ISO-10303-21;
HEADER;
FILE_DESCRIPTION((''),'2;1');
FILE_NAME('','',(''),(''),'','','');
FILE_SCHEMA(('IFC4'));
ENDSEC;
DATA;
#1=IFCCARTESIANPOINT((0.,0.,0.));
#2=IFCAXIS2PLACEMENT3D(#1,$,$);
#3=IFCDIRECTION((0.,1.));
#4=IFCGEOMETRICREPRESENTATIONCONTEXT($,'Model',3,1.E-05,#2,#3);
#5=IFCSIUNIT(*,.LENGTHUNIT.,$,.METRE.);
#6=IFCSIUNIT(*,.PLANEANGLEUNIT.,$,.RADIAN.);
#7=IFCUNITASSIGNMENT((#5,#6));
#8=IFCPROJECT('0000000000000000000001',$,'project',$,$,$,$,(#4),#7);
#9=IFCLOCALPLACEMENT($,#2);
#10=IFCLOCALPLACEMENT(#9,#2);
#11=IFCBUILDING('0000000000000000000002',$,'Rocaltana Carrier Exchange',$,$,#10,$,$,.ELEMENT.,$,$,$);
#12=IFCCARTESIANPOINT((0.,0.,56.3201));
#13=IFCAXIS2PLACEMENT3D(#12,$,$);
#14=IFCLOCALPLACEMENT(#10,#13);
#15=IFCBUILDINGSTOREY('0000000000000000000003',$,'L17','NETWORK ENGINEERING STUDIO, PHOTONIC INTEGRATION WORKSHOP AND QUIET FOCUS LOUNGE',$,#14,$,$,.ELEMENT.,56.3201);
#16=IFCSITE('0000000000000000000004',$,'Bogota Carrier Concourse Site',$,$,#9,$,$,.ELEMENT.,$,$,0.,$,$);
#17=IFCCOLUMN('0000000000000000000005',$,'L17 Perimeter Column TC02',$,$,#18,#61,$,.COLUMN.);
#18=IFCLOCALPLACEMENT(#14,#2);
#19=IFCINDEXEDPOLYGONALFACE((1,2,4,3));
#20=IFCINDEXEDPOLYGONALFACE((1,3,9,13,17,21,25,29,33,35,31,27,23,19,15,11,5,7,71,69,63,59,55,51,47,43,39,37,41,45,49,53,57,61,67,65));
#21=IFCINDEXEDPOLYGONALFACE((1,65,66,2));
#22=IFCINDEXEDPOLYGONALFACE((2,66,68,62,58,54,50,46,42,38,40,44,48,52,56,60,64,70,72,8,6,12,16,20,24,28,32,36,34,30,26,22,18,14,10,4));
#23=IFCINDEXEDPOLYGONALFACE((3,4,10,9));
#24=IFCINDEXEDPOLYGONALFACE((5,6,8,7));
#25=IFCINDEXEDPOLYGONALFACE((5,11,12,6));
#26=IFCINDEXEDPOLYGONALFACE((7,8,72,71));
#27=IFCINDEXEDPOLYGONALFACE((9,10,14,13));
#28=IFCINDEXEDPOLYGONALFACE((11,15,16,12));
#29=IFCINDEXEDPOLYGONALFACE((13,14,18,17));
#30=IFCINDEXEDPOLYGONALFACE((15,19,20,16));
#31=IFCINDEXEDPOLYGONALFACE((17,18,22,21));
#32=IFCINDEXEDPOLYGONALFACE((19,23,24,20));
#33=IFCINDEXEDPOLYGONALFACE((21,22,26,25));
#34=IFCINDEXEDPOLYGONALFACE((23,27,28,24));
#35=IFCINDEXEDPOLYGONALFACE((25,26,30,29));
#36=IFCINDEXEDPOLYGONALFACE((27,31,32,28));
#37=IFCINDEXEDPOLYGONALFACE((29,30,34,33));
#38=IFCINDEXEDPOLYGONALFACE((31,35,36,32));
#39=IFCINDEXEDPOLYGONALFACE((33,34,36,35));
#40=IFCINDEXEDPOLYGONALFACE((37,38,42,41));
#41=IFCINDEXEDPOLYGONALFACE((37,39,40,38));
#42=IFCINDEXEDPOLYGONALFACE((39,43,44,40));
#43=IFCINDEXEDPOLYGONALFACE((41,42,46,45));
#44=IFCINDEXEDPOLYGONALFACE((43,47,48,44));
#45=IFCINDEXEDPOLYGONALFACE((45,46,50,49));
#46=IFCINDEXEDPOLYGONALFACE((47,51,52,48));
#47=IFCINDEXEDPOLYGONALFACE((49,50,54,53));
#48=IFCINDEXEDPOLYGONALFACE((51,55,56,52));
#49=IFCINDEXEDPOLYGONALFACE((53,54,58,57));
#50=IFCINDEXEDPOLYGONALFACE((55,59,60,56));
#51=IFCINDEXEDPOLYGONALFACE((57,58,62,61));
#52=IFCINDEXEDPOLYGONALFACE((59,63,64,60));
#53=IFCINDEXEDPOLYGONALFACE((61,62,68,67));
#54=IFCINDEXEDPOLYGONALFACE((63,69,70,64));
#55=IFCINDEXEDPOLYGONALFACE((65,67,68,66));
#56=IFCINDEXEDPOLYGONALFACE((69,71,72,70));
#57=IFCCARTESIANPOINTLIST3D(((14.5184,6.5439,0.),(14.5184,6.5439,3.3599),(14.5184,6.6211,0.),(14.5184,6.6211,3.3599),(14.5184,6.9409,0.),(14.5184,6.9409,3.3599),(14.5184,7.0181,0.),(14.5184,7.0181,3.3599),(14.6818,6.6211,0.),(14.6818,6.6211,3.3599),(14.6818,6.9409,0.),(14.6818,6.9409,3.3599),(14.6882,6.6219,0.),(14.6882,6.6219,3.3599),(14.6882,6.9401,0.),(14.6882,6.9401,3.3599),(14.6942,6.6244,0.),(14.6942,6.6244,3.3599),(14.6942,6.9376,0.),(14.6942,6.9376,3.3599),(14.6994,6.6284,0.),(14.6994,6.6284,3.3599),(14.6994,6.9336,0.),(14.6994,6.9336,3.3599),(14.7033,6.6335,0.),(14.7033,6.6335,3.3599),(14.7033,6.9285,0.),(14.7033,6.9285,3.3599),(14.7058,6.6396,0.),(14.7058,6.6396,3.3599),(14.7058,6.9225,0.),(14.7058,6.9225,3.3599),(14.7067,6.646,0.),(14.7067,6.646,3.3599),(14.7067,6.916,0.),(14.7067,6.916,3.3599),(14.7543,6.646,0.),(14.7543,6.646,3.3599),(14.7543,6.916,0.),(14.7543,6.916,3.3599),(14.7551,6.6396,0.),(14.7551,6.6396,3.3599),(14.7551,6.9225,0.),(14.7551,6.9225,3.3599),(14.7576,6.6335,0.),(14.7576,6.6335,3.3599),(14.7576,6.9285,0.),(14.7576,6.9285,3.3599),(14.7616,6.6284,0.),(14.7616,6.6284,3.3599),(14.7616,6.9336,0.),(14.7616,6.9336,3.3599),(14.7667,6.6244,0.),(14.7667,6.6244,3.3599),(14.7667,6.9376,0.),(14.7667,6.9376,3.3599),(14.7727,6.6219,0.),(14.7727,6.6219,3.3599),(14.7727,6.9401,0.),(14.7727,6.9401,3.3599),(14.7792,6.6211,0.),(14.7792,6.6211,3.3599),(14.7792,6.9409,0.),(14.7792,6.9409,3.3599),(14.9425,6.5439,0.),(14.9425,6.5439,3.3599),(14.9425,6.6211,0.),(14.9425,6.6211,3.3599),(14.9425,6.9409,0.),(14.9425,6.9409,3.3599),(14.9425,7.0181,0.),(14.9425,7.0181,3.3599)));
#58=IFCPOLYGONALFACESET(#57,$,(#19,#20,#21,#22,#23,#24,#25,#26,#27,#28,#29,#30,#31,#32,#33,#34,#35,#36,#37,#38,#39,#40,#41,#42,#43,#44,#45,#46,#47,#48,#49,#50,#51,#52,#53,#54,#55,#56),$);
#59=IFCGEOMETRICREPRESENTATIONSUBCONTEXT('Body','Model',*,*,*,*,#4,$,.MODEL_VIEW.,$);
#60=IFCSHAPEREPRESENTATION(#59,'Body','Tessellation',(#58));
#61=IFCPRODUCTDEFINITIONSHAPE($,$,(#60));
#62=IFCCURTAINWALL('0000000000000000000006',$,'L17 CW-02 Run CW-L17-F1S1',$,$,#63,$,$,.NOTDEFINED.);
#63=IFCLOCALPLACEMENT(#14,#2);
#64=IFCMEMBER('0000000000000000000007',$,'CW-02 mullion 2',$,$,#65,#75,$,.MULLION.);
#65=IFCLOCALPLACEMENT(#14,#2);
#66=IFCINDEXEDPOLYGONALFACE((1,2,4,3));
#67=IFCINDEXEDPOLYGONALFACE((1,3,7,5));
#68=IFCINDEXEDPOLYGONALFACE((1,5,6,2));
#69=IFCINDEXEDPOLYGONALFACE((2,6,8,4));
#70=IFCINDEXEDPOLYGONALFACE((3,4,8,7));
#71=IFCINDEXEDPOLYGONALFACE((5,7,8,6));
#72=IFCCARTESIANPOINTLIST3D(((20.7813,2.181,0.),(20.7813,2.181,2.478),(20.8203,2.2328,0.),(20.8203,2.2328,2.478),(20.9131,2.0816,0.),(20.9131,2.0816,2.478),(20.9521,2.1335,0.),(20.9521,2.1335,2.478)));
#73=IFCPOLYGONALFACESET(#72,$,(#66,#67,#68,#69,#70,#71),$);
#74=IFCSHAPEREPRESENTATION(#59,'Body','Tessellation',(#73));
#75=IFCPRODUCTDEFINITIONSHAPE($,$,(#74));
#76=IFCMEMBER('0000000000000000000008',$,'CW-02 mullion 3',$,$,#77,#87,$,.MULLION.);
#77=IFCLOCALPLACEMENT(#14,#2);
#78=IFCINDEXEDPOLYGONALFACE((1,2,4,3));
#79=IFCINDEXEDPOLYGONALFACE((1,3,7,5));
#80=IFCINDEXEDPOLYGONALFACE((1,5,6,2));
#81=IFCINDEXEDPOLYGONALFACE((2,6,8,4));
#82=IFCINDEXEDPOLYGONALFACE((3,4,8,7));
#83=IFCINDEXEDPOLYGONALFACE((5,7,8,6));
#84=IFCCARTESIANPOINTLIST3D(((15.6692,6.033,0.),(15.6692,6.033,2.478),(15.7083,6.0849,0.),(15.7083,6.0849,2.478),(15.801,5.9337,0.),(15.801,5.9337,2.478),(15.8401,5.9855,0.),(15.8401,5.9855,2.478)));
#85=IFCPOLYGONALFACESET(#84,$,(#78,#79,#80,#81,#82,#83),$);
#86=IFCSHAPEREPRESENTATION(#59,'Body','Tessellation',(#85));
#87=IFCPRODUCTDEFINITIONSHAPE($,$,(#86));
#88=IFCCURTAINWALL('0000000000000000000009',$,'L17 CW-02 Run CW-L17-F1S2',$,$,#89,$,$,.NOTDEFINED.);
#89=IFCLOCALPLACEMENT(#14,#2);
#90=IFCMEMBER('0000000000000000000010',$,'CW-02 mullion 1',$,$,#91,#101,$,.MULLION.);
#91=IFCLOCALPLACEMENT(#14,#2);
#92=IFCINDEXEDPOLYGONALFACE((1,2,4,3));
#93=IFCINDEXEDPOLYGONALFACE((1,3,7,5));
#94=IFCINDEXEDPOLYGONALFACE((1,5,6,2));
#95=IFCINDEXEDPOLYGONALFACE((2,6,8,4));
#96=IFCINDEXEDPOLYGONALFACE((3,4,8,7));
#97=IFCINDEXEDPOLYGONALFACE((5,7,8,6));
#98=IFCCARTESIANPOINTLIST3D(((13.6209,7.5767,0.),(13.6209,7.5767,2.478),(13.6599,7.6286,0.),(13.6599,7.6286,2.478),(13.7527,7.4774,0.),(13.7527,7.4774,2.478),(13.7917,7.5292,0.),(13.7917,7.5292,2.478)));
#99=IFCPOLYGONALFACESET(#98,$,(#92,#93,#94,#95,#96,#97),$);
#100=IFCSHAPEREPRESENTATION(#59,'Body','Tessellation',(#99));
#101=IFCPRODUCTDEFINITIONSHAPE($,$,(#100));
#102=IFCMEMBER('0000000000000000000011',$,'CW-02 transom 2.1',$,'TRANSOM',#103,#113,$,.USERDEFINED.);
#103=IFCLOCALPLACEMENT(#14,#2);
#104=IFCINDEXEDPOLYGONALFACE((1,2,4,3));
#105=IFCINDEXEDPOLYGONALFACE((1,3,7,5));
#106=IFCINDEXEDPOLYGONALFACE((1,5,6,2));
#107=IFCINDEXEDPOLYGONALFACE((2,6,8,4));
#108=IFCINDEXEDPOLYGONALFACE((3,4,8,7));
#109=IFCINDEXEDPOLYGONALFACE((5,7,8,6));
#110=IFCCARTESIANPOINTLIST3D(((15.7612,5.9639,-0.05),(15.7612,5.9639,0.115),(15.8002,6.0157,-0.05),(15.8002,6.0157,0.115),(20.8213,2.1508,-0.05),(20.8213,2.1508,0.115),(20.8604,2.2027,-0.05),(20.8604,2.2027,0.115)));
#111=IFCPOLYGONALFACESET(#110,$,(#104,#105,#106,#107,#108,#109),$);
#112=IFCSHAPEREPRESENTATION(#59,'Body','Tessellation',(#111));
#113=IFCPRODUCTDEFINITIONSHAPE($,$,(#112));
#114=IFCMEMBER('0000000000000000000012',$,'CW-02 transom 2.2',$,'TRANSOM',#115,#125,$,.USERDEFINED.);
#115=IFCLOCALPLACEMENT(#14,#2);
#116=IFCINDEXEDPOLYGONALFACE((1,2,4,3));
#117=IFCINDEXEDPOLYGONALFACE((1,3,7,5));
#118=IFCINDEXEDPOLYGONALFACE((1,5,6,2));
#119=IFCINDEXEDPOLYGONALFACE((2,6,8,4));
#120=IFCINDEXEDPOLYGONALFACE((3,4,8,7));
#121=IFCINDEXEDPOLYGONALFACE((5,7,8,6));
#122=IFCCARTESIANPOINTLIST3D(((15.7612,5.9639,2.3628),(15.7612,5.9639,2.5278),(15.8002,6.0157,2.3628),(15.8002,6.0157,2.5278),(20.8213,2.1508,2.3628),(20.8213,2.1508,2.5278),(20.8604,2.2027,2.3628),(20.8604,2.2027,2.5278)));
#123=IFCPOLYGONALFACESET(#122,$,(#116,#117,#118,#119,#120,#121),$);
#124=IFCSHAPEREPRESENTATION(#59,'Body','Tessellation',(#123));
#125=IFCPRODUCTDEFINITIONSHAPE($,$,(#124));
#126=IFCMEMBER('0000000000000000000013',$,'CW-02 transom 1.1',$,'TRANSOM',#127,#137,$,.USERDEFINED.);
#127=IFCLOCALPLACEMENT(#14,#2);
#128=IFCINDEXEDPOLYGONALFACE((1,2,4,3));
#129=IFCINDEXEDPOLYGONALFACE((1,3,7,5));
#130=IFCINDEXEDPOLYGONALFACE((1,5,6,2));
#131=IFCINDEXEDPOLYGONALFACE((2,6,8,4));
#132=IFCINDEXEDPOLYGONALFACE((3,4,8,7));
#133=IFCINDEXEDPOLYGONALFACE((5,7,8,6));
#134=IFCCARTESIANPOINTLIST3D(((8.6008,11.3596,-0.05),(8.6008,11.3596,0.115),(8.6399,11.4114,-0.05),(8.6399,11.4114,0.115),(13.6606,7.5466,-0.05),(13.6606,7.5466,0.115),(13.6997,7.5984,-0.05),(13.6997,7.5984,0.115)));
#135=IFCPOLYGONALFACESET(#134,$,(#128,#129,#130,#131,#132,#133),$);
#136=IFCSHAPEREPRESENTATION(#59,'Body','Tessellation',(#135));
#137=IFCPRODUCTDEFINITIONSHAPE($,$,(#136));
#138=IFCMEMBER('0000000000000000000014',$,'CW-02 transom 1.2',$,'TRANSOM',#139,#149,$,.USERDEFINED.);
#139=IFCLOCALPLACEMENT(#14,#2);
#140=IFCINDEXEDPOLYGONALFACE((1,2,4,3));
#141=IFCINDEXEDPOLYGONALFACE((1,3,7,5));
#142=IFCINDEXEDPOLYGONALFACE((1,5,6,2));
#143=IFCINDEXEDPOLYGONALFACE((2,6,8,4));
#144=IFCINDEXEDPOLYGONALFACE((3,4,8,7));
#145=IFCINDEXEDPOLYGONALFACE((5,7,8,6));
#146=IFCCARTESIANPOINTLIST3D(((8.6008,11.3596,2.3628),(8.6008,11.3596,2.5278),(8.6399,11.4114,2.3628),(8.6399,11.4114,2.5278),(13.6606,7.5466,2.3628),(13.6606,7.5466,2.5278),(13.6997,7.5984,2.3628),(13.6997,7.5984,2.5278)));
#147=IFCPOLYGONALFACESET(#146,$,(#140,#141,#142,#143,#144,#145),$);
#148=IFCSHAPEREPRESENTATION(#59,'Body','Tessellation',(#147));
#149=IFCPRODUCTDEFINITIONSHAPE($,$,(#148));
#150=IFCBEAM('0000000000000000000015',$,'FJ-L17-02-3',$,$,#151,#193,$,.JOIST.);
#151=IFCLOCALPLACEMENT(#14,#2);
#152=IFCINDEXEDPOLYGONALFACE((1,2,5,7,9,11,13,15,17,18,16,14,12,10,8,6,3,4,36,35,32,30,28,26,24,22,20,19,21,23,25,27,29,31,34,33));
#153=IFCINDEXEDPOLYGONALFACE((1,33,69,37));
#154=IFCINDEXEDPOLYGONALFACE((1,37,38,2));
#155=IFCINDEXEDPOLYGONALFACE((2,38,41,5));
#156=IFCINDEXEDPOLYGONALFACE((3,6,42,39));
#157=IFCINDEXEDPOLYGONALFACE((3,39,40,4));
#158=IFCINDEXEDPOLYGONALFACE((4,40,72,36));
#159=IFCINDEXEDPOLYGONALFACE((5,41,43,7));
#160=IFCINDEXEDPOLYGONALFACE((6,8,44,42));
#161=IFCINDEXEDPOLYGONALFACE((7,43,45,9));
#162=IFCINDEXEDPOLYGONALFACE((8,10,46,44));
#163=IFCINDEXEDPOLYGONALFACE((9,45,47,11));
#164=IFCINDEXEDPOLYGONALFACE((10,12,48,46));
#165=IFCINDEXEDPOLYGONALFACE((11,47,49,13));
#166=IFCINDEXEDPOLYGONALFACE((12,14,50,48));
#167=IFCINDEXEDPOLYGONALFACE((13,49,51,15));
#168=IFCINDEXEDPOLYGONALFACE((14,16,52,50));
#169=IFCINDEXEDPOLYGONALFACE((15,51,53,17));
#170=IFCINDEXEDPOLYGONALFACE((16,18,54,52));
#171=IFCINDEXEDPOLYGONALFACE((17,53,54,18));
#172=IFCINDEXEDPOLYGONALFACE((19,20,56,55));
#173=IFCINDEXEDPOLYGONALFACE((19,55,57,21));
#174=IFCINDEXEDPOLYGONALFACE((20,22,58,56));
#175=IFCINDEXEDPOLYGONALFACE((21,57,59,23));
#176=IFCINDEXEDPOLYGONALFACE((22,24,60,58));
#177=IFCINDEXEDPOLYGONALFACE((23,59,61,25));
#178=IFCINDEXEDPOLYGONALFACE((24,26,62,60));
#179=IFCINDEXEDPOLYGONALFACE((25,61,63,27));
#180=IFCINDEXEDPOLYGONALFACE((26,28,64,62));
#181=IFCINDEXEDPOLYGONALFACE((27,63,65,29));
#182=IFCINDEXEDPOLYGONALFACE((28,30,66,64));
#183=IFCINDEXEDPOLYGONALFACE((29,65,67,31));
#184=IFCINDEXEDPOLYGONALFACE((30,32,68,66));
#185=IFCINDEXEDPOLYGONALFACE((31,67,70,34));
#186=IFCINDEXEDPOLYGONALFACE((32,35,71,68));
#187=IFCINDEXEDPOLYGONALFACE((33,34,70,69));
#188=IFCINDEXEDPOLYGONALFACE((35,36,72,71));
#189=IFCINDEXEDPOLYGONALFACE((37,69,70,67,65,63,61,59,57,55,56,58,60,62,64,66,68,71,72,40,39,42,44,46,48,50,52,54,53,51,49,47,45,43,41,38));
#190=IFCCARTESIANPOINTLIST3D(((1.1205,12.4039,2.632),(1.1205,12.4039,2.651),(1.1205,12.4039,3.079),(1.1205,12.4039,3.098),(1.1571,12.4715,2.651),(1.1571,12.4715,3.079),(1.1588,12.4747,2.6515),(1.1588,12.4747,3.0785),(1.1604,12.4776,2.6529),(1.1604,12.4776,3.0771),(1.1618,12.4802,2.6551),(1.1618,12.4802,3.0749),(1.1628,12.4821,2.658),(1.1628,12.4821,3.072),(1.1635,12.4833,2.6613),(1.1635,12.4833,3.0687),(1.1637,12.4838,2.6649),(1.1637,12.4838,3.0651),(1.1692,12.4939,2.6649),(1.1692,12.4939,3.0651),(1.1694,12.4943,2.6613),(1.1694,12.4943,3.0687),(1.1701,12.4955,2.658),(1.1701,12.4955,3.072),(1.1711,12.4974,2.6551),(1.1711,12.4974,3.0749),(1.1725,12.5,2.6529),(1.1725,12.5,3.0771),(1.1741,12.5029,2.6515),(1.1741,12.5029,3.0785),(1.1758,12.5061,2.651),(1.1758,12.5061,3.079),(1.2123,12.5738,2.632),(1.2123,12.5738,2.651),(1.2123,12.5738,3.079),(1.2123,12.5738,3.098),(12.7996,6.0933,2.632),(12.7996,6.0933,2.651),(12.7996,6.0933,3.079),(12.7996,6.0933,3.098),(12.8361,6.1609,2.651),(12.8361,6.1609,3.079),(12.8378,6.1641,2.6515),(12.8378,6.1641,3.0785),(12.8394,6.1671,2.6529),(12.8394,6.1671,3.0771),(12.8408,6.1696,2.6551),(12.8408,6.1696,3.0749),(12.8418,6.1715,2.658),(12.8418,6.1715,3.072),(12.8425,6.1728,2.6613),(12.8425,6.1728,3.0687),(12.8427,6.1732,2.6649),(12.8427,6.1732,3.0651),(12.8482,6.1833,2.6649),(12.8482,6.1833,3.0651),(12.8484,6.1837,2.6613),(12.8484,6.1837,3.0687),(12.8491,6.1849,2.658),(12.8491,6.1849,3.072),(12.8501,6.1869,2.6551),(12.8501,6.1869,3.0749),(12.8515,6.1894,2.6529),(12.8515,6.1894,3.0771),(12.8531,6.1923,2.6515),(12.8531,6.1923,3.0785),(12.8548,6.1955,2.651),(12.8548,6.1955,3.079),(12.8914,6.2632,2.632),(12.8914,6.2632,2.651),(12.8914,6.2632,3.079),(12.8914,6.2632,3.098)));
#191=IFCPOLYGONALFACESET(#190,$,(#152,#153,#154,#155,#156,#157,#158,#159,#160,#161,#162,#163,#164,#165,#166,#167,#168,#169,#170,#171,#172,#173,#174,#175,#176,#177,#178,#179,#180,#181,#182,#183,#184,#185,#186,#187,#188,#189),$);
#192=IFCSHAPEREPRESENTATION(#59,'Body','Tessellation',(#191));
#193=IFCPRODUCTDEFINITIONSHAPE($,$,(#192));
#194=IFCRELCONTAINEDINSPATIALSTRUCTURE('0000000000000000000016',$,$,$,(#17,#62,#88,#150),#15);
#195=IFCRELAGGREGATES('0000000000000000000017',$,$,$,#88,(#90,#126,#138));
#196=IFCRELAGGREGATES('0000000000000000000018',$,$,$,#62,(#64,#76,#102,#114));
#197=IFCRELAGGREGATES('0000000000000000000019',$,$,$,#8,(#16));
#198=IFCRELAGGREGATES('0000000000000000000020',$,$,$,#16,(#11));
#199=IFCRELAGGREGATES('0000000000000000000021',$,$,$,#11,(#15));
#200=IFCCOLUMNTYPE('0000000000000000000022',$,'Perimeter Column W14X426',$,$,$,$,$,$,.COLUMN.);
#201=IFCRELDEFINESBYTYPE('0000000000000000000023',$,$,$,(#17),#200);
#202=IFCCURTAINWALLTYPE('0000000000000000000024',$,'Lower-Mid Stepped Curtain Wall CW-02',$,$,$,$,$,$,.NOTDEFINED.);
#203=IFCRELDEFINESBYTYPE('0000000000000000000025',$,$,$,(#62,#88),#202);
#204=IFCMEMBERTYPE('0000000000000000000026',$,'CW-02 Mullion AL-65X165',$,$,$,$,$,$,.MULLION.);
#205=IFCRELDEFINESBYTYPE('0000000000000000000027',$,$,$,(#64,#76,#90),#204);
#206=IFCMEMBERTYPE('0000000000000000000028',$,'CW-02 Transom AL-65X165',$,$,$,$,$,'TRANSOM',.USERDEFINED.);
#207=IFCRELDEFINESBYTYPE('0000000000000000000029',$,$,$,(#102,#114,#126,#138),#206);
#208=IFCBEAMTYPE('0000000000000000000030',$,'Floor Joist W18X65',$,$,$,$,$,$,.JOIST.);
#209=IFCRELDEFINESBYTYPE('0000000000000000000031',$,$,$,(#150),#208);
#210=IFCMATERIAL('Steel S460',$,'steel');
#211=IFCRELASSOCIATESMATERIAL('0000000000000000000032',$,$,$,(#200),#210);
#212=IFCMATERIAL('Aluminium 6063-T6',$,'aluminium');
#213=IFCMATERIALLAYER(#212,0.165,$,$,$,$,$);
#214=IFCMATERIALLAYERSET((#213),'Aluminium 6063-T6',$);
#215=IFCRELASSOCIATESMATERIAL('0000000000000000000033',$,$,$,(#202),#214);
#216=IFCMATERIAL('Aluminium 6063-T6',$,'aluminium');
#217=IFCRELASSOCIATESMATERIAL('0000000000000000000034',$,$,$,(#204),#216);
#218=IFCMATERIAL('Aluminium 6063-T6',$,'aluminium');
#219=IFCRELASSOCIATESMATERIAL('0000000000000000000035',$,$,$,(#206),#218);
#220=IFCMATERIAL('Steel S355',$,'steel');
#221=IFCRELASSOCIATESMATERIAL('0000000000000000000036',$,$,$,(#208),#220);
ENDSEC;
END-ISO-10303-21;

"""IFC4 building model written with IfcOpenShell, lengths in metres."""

from ifc_helpers import new_model, si_unit, direction, frame, origin, origin_2d, place, context, subcontext, project, spatial, rectangle, i_section, extrude, material, layer, layer_set, material_profile, profile_set, type_object, element, aggregate, save


model = new_model("IFC4")

# Units and contexts
model_context = context("Model", 3, precision=1e-05, world=origin(), true_north=direction((0.0, 1.0)))
body_context = subcontext(model_context, "Body", "Model", "MODEL_VIEW")
ifc_project = project(units=[si_unit("LENGTHUNIT", "METRE"), si_unit("PLANEANGLEUNIT", "RADIAN")], contexts=[model_context])

# Site, building, storey
site_placement = place(None, origin())
site = spatial("IfcSite", under=ifc_project, at=site_placement, Name="Bogota Carrier Concourse Site", CompositionType="ELEMENT", RefElevation=0.0)
building_placement = place(site_placement, origin())
building = spatial("IfcBuilding", under=site, at=building_placement, Name="Rocaltana Carrier Exchange", CompositionType="ELEMENT")
storey_placement = place(building_placement, frame((0.0, 0.0, 56.3201)))
storey = spatial("IfcBuildingStorey", under=building, at=storey_placement, Name="L17", Description="NETWORK ENGINEERING STUDIO, PHOTONIC INTEGRATION WORKSHOP AND QUIET FOCUS LOUNGE", CompositionType="ELEMENT", Elevation=56.3201)

# Column
ifc_material_1 = material(Name="Steel S460", Category="steel")
ifc_material_profile_1 = material_profile(ifc_material_1, i_section(OverallWidth=0.4241, OverallDepth=0.4741, WebThickness=0.0476, FlangeThickness=0.0771, FilletRadius=0.0249, at=origin_2d()), Name="W14X426")
ifc_profile_set_1 = profile_set([ifc_material_profile_1], Name="Steel S460")
column_type = type_object("IfcColumnType", Name="Perimeter Column W14X426", PredefinedType="COLUMN", material=ifc_profile_set_1)
column_placement = place(storey_placement, frame((14.7305, 6.781, 0.0), z_axis=(0.0, 0.0, 1.0), x_axis=(1.0, 0.0, 0.0)))
element("IfcColumn", 1, at=column_placement, inside=storey, type_object=column_type, Name="L17 Perimeter Column TC02", PredefinedType="COLUMN", context=body_context, shape_type="SweptSolid", body=[
    extrude(i_section(OverallWidth=0.4241, OverallDepth=0.4741, WebThickness=0.0476, FlangeThickness=0.0771, FilletRadius=0.0249, at=origin_2d()), origin(), (0.0, 0.0, 1.0), 3.3599),
])

# Curtain wall, members
ifc_material_2 = material(Name="Aluminium 6063-T6", Category="aluminium")
ifc_layer_1 = layer(ifc_material_2, 0.165)
ifc_layer_set_1 = layer_set([ifc_layer_1], Name="Aluminium 6063-T6")
curtain_wall_type = type_object("IfcCurtainWallType", Name="Lower-Mid Stepped Curtain Wall CW-02", PredefinedType="NOTDEFINED", material=ifc_layer_set_1)
curtain_wall_1_placement = place(storey_placement, origin())
curtain_wall_1 = element("IfcCurtainWall", 2, at=curtain_wall_1_placement, inside=storey, type_object=curtain_wall_type, Name="L17 CW-02 Run CW-L17-F1S1", PredefinedType="NOTDEFINED")
ifc_material_3 = material(Name="Aluminium 6063-T6", Category="aluminium")
ifc_material_profile_2 = material_profile(ifc_material_3, rectangle(XDim=0.0649, YDim=0.165, at=origin_2d()), Name="AL-65X165")
ifc_profile_set_2 = profile_set([ifc_material_profile_2], Name="Aluminium 6063-T6")
member_type_1 = type_object("IfcMemberType", Name="CW-02 Mullion AL-65X165", PredefinedType="MULLION", material=ifc_profile_set_2)
member_1_placement = place(storey_placement, frame((20.8667, 2.1572, 0.0), z_axis=(0.0, 0.0, 1.0), x_axis=(-0.601807, -0.798642, 0.0)))
member_1 = element("IfcMember", 3, at=member_1_placement, type_object=member_type_1, Name="CW-02 mullion 2", PredefinedType="MULLION", context=body_context, shape_type="SweptSolid", body=[
    extrude(rectangle(XDim=0.0649, YDim=0.165, at=origin_2d()), origin(), (0.0, 0.0, 1.0), 2.478),
])
member_2_placement = place(storey_placement, frame((15.7546, 6.0093, 0.0), z_axis=(0.0, 0.0, 1.0), x_axis=(-0.601807, -0.798642, 0.0)))
member_2 = element("IfcMember", 4, at=member_2_placement, type_object=member_type_1, Name="CW-02 mullion 3", PredefinedType="MULLION", context=body_context, shape_type="SweptSolid", body=[
    extrude(rectangle(XDim=0.0649, YDim=0.165, at=origin_2d()), origin(), (0.0, 0.0, 1.0), 2.478),
])

# Curtain wall, member
curtain_wall_2_placement = place(storey_placement, origin())
curtain_wall_2 = element("IfcCurtainWall", 5, at=curtain_wall_2_placement, inside=storey, type_object=curtain_wall_type, Name="L17 CW-02 Run CW-L17-F1S2", PredefinedType="NOTDEFINED")
member_3_placement = place(storey_placement, frame((13.7063, 7.553, 0.0), z_axis=(0.0, 0.0, 1.0), x_axis=(-0.601815, -0.798635, 0.0)))
member_3 = element("IfcMember", 6, at=member_3_placement, type_object=member_type_1, Name="CW-02 mullion 1", PredefinedType="MULLION", context=body_context, shape_type="SweptSolid", body=[
    extrude(rectangle(XDim=0.0649, YDim=0.165, at=origin_2d()), origin(), (0.0, 0.0, 1.0), 2.478),
])

# Members
ifc_material_4 = material(Name="Aluminium 6063-T6", Category="aluminium")
ifc_material_profile_3 = material_profile(ifc_material_4, rectangle(XDim=0.0649, YDim=0.165, at=origin_2d()), Name="AL-65X165")
ifc_profile_set_3 = profile_set([ifc_material_profile_3], Name="Aluminium 6063-T6")
member_type_2 = type_object("IfcMemberType", Name="CW-02 Transom AL-65X165", ElementType="TRANSOM", PredefinedType="USERDEFINED", material=ifc_profile_set_3)
member_4_placement = place(storey_placement, frame((20.8408, 2.1768, 0.0325), z_axis=(-0.798638, 0.601811, 0.0), x_axis=(-0.601811, -0.798638, 0.0)))
member_4 = element("IfcMember", 7, at=member_4_placement, type_object=member_type_2, Name="CW-02 transom 2.1", ObjectType="TRANSOM", PredefinedType="USERDEFINED", context=body_context, shape_type="SweptSolid", body=[
    extrude(rectangle(XDim=0.0649, YDim=0.165, at=origin_2d()), origin(), (0.0, 0.0, 1.0), 6.3359),
])
member_5_placement = place(storey_placement, frame((20.8408, 2.1768, 2.4453), z_axis=(-0.798638, 0.601811, 0.0), x_axis=(-0.601811, -0.798638, 0.0)))
member_5 = element("IfcMember", 8, at=member_5_placement, type_object=member_type_2, Name="CW-02 transom 2.2", ObjectType="TRANSOM", PredefinedType="USERDEFINED", context=body_context, shape_type="SweptSolid", body=[
    extrude(rectangle(XDim=0.0649, YDim=0.165, at=origin_2d()), origin(), (0.0, 0.0, 1.0), 6.3359),
])
member_6_placement = place(storey_placement, frame((13.6802, 7.5725, 0.0325), z_axis=(-0.798625, 0.60183, 0.0), x_axis=(-0.60183, -0.798625, 0.0)))
member_6 = element("IfcMember", 9, at=member_6_placement, type_object=member_type_2, Name="CW-02 transom 1.1", ObjectType="TRANSOM", PredefinedType="USERDEFINED", context=body_context, shape_type="SweptSolid", body=[
    extrude(rectangle(XDim=0.0649, YDim=0.165, at=origin_2d()), origin(), (0.0, 0.0, 1.0), 6.3357),
])
member_7_placement = place(storey_placement, frame((13.6802, 7.5725, 2.4453), z_axis=(-0.798625, 0.60183, 0.0), x_axis=(-0.60183, -0.798625, 0.0)))
member_7 = element("IfcMember", 10, at=member_7_placement, type_object=member_type_2, Name="CW-02 transom 1.2", ObjectType="TRANSOM", PredefinedType="USERDEFINED", context=body_context, shape_type="SweptSolid", body=[
    extrude(rectangle(XDim=0.0649, YDim=0.165, at=origin_2d()), origin(), (0.0, 0.0, 1.0), 6.3357),
])
aggregate(curtain_wall_2, [member_3, member_6, member_7])

# Beam
ifc_material_5 = material(Name="Steel S355", Category="steel")
ifc_material_profile_4 = material_profile(ifc_material_5, i_section(OverallWidth=0.1931, OverallDepth=0.4661, WebThickness=0.0115, FlangeThickness=0.019, FilletRadius=0.0139, at=origin_2d()), Name="W18X65")
ifc_profile_set_4 = profile_set([ifc_material_profile_4], Name="Steel S355")
beam_type_1 = type_object("IfcBeamType", Name="Floor Joist W18X65", PredefinedType="JOIST", material=ifc_profile_set_4)
beam_1_placement = place(storey_placement, frame((12.8455, 6.1782, 2.865), z_axis=(-0.879782, 0.475377, 0.0), x_axis=(-0.475377, -0.879782, 0.0)))
element("IfcBeam", 11, at=beam_1_placement, inside=storey, type_object=beam_type_1, Name="FJ-L17-02-3", PredefinedType="JOIST", context=body_context, shape_type="SweptSolid", body=[
    extrude(i_section(OverallWidth=0.1931, OverallDepth=0.4661, WebThickness=0.0115, FlangeThickness=0.019, FilletRadius=0.0139, at=origin_2d()), origin(), (0.0, 0.0, 1.0), 13.2749),
])

aggregate(curtain_wall_1, [member_1, member_2, member_4, member_5])

save(model, "model.ifc")
